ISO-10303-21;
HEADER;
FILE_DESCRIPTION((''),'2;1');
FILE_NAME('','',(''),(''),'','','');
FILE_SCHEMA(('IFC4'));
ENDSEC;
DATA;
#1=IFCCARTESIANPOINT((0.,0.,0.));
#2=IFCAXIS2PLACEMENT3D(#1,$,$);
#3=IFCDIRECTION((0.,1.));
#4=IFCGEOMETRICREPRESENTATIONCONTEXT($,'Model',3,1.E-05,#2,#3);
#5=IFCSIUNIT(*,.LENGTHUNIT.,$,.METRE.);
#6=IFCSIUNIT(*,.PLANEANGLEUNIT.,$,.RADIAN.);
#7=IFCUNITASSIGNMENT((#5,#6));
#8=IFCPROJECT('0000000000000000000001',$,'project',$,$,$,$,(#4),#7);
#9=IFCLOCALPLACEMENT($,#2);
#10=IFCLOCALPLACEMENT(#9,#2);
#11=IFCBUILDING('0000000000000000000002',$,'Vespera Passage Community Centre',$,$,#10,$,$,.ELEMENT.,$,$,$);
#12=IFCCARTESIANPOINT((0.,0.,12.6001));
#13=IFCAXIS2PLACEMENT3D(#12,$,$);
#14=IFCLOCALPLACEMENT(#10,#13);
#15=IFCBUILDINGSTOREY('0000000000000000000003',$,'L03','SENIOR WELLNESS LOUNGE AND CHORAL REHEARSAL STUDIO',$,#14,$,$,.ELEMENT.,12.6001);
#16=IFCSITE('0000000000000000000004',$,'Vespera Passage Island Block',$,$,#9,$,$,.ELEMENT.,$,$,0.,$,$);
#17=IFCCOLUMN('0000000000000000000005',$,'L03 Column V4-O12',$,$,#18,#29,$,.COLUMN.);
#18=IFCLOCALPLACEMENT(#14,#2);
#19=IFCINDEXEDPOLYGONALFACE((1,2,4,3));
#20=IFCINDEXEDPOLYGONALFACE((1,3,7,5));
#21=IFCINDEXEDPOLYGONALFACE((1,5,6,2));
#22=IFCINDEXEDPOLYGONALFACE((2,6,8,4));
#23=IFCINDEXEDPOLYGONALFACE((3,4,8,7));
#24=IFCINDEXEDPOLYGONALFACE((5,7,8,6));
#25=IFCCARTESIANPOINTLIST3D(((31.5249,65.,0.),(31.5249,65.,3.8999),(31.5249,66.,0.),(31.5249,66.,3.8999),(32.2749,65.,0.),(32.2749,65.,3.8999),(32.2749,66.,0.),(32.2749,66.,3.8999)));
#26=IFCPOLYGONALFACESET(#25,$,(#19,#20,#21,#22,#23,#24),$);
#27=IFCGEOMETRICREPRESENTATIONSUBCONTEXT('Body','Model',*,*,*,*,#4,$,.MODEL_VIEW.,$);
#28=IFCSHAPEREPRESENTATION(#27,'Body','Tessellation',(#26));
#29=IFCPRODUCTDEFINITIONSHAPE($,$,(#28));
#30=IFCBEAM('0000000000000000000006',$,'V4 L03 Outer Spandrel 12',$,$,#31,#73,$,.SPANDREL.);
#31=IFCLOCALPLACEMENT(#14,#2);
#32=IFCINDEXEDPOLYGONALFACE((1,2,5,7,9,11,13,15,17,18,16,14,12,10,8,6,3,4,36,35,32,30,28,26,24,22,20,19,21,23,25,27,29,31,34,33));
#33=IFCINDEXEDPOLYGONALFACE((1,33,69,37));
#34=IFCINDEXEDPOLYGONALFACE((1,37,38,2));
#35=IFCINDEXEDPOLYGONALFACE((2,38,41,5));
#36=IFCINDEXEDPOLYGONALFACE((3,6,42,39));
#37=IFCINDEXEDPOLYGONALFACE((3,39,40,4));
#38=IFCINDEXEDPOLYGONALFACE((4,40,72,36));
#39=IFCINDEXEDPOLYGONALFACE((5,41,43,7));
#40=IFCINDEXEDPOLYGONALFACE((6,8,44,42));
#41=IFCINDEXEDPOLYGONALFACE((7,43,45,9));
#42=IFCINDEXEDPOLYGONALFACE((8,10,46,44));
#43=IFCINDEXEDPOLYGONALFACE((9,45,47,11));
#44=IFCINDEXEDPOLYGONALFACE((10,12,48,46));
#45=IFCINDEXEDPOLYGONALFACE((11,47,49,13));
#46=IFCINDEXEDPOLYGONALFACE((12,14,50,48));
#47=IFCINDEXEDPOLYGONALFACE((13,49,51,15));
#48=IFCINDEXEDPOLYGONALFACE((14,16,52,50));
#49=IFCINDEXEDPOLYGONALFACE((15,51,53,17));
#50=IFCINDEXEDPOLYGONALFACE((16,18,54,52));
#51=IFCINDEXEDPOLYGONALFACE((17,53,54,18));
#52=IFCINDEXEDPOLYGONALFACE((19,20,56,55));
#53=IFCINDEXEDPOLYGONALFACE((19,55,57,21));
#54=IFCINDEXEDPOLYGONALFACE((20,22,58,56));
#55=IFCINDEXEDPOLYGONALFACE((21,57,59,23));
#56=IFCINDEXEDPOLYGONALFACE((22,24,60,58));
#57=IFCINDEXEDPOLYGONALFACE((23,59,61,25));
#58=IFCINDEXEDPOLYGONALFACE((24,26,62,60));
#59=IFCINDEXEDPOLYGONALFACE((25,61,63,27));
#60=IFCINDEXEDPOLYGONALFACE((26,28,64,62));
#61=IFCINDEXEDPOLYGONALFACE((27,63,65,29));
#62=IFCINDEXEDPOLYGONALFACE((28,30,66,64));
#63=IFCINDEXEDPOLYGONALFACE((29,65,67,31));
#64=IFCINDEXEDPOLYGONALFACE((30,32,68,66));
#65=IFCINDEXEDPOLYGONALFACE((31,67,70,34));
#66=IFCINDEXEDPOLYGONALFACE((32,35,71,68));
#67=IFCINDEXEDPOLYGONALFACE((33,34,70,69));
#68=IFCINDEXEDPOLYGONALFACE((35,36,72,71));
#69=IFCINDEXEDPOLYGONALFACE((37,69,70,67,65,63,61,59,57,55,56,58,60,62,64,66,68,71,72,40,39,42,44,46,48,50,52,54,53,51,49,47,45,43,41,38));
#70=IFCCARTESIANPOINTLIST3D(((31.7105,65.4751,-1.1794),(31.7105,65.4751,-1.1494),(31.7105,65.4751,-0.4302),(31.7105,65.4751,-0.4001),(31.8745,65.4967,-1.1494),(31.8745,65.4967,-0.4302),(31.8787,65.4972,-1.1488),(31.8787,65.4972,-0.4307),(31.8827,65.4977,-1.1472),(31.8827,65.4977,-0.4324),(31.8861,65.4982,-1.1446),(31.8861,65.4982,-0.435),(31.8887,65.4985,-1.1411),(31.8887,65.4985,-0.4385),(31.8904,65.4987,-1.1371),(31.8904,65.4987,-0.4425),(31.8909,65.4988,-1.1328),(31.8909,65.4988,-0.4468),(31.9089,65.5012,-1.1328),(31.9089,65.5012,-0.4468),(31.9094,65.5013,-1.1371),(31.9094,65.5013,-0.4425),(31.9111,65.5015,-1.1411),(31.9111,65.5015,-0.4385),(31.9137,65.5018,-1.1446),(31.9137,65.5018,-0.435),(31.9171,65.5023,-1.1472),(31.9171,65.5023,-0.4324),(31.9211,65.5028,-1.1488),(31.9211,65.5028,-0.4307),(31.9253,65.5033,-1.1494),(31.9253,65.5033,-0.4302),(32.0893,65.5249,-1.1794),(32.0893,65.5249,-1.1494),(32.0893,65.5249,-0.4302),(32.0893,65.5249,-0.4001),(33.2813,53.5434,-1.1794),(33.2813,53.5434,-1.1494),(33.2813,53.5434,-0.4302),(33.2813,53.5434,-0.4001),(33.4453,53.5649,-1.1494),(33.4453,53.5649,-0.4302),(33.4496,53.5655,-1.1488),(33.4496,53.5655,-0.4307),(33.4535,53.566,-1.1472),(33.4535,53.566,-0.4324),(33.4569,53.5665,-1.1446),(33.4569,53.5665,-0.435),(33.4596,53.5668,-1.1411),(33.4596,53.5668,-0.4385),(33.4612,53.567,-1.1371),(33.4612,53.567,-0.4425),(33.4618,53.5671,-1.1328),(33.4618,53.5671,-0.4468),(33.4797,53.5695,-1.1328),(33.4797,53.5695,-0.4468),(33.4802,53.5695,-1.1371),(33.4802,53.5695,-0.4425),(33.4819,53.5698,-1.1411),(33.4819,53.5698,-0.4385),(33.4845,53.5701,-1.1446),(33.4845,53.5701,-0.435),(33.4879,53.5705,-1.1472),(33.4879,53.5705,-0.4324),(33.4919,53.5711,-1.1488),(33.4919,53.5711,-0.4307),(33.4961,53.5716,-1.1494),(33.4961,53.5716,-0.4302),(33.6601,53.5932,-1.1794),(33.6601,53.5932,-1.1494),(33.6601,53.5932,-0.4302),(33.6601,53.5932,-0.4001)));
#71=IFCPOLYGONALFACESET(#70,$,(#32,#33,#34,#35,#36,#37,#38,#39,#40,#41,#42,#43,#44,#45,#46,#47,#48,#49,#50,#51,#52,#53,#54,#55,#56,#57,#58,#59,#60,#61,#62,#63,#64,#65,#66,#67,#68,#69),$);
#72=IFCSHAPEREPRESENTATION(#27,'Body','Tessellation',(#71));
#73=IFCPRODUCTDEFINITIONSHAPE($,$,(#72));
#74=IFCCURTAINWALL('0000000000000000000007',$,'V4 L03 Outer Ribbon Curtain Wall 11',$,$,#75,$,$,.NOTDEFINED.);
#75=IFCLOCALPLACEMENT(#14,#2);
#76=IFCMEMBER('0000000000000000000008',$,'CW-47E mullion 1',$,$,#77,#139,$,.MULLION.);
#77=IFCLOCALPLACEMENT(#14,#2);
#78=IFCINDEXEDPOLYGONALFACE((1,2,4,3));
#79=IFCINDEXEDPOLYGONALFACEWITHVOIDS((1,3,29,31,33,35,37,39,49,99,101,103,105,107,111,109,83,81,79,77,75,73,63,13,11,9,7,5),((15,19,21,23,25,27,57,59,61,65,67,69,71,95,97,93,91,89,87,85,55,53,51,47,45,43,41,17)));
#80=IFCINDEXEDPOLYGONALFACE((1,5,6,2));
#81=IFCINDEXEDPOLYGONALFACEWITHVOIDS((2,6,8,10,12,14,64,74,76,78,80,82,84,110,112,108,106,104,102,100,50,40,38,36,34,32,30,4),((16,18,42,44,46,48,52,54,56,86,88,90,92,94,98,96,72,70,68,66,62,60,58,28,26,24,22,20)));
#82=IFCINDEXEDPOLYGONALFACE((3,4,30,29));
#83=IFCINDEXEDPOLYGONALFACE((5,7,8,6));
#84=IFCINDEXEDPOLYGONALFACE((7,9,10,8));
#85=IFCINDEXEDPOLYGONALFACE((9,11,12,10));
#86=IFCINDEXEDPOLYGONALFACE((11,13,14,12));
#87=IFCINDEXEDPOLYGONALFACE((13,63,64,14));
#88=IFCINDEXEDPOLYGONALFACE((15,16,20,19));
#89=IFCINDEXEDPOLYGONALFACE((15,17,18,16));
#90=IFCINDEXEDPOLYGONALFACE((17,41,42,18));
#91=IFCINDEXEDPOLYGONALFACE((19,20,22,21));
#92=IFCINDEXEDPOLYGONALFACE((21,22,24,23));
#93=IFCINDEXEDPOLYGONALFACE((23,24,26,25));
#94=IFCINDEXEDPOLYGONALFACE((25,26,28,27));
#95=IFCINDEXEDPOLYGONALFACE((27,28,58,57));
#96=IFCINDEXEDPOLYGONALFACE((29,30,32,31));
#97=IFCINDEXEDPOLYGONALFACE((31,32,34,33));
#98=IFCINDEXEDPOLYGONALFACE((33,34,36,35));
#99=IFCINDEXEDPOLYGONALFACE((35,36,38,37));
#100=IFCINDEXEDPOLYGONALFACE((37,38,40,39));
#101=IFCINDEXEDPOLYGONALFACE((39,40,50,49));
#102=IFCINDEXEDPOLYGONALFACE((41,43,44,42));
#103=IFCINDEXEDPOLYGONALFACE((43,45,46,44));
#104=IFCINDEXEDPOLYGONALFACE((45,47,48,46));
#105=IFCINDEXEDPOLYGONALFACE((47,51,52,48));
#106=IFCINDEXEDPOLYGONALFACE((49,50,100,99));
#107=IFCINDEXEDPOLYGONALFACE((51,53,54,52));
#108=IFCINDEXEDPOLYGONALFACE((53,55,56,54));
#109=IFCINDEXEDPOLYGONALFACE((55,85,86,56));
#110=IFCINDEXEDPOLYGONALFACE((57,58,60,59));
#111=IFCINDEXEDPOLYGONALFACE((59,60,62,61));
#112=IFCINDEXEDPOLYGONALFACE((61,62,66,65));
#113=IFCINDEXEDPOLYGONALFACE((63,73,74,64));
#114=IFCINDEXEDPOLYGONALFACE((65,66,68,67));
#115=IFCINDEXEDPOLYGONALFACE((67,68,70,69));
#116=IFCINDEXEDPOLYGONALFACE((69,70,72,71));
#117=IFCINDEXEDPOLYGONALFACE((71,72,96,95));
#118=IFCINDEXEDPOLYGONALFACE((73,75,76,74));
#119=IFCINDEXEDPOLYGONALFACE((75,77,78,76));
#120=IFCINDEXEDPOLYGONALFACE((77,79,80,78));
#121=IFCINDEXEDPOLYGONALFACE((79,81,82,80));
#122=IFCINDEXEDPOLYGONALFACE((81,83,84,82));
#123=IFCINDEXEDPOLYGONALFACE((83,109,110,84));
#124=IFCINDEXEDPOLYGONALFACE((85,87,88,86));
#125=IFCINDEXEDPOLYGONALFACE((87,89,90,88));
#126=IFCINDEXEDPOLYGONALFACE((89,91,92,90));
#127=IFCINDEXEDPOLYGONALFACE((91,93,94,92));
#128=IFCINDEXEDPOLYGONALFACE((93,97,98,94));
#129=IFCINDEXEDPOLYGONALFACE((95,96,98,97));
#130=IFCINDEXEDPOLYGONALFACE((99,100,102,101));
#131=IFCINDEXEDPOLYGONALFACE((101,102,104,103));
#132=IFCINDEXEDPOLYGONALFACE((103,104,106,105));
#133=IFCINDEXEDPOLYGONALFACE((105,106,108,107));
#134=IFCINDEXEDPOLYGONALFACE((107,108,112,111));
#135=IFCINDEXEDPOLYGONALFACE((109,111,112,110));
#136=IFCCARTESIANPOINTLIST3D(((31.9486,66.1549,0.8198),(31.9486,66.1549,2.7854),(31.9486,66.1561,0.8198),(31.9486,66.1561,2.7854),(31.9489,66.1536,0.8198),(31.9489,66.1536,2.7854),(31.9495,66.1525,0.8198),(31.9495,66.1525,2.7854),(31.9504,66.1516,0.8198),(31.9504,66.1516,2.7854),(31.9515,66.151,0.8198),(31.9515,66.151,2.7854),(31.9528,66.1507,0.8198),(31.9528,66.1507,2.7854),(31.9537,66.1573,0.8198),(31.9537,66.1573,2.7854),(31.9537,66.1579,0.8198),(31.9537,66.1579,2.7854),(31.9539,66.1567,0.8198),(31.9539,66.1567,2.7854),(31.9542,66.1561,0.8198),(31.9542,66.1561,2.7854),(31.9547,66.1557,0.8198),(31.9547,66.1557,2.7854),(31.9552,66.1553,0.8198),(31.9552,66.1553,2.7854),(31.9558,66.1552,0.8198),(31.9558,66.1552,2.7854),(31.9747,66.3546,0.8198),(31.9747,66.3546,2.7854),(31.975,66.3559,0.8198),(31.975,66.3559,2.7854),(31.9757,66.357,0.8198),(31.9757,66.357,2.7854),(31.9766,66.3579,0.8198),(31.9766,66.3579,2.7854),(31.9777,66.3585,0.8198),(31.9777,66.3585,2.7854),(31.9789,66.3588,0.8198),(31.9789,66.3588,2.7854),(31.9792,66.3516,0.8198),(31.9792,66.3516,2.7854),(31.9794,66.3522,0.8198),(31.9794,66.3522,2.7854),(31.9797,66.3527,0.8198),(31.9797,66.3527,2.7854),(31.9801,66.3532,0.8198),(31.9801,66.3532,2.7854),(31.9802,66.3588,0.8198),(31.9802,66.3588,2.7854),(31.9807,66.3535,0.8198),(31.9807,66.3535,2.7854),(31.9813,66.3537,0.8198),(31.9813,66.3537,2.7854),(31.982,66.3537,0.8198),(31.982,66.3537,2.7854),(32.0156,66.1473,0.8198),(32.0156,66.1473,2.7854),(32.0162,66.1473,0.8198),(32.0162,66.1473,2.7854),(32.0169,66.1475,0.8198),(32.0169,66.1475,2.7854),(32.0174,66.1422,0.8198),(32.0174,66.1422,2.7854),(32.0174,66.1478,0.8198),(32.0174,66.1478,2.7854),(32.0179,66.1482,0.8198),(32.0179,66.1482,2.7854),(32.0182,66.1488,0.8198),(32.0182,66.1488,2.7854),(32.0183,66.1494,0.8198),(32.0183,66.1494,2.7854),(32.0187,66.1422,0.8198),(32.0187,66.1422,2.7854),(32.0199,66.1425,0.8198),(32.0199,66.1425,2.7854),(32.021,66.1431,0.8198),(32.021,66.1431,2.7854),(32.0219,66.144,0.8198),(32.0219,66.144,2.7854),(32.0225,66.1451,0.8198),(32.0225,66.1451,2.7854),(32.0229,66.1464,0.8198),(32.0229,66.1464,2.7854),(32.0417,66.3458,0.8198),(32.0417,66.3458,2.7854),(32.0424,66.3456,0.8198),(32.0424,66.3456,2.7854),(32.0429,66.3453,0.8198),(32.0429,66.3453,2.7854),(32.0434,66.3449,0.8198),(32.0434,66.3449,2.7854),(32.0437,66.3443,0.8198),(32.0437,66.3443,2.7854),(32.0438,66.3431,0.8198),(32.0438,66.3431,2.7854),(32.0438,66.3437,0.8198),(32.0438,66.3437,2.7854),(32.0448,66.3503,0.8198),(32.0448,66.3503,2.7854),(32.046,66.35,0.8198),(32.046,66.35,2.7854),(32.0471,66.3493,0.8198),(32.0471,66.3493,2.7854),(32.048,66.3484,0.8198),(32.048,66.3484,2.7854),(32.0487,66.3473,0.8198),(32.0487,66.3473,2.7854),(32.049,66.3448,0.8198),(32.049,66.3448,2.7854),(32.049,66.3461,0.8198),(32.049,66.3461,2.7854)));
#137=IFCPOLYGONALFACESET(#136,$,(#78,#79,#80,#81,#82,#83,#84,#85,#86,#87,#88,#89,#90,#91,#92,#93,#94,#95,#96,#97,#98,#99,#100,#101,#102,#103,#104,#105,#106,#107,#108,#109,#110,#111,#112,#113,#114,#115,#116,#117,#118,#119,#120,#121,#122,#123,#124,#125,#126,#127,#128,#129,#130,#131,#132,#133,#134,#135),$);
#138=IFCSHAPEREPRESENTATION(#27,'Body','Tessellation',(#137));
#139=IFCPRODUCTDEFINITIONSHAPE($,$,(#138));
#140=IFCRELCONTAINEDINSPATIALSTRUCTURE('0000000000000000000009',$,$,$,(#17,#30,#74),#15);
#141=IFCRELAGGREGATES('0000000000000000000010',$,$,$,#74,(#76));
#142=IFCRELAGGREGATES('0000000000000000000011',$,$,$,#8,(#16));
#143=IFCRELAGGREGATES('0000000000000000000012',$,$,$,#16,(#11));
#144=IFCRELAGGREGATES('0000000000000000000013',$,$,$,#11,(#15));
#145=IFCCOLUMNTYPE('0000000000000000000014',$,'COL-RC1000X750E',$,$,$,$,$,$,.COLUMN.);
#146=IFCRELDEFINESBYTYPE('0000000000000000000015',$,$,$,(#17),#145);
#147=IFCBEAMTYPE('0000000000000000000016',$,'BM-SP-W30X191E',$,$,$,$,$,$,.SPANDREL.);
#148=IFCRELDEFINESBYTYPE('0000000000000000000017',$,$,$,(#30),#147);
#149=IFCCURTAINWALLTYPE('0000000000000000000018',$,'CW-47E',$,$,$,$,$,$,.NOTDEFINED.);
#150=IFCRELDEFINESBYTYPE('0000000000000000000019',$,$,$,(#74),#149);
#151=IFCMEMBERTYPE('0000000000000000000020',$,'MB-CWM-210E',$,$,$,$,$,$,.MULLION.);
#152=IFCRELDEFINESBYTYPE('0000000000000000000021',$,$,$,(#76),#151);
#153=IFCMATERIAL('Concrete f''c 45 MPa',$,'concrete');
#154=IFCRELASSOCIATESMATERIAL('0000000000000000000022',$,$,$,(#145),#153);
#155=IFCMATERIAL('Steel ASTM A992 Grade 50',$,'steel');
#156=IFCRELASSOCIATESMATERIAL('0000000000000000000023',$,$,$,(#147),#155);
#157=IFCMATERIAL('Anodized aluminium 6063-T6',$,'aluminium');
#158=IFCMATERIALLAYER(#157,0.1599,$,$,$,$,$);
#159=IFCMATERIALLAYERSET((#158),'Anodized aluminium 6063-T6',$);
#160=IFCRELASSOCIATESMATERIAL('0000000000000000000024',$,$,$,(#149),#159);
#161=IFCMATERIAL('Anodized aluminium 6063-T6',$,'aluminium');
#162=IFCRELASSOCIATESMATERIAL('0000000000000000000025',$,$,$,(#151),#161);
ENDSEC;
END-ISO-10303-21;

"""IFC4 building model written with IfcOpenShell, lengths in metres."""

from ifc_helpers import new_model, si_unit, direction, frame, origin, origin_2d, place, context, subcontext, project, spatial, rectangle, hollow_rectangle, i_section, extrude, material, layer, layer_set, material_profile, profile_set, type_object, element, aggregate, save


model = new_model("IFC4")

# Units and contexts
model_context = context("Model", 3, precision=1e-05, world=origin(), true_north=direction((0.0, 1.0)))
body_context = subcontext(model_context, "Body", "Model", "MODEL_VIEW")
ifc_project = project(units=[si_unit("LENGTHUNIT", "METRE"), si_unit("PLANEANGLEUNIT", "RADIAN")], contexts=[model_context])

# Site, building, storey
site_placement = place(None, origin())
site = spatial("IfcSite", under=ifc_project, at=site_placement, Name="Vespera Passage Island Block", CompositionType="ELEMENT", RefElevation=0.0)
building_placement = place(site_placement, origin())
building = spatial("IfcBuilding", under=site, at=building_placement, Name="Vespera Passage Community Centre", CompositionType="ELEMENT")
storey_placement = place(building_placement, frame((0.0, 0.0, 12.6001)))
storey = spatial("IfcBuildingStorey", under=building, at=storey_placement, Name="L03", Description="SENIOR WELLNESS LOUNGE AND CHORAL REHEARSAL STUDIO", CompositionType="ELEMENT", Elevation=12.6001)

# Column
ifc_material_1 = material(Name="Concrete f'c 45 MPa", Category="concrete")
ifc_material_profile_1 = material_profile(ifc_material_1, rectangle(XDim=0.75, YDim=1.0, at=origin_2d()), Name="RC1000X750")
ifc_profile_set_1 = profile_set([ifc_material_profile_1], Name="Concrete f'c 45 MPa")
column_type = type_object("IfcColumnType", Name="COL-RC1000X750E", PredefinedType="COLUMN", material=ifc_profile_set_1)
column_placement = place(storey_placement, frame((31.8999, 65.5, 0.0), z_axis=(0.0, 0.0, 1.0), x_axis=(1.0, 0.0, 0.0)))
element("IfcColumn", 1, at=column_placement, inside=storey, type_object=column_type, Name="L03 Column V4-O12", PredefinedType="COLUMN", context=body_context, shape_type="SweptSolid", body=[
    extrude(rectangle(XDim=0.75, YDim=1.0, at=origin_2d()), origin(), (0.0, 0.0, 1.0), 3.8999),
])

# Beam
ifc_material_2 = material(Name="Steel ASTM A992 Grade 50", Category="steel")
ifc_material_profile_2 = material_profile(ifc_material_2, i_section(OverallWidth=0.3821, OverallDepth=0.7793, WebThickness=0.0181, FlangeThickness=0.03, FilletRadius=0.0166, at=origin_2d()), Name="W30X191")
ifc_profile_set_2 = profile_set([ifc_material_profile_2], Name="Steel ASTM A992 Grade 50")
beam_type = type_object("IfcBeamType", Name="BM-SP-W30X191E", PredefinedType="SPANDREL", material=ifc_profile_set_2)
beam_placement = place(storey_placement, frame((31.8999, 65.5, -0.7898), z_axis=(0.130524, -0.991445, 0.0), x_axis=(0.991445, 0.130524, 0.0)))
element("IfcBeam", 2, at=beam_placement, inside=storey, type_object=beam_type, Name="V4 L03 Outer Spandrel 12", PredefinedType="SPANDREL", context=body_context, shape_type="SweptSolid", body=[
    extrude(i_section(OverallWidth=0.3821, OverallDepth=0.7793, WebThickness=0.0181, FlangeThickness=0.03, FilletRadius=0.0166, at=origin_2d()), origin(), (0.0, 0.0, 1.0), 12.0347),
])

# Curtain wall, member
ifc_material_3 = material(Name="Anodized aluminium 6063-T6", Category="aluminium")
ifc_layer_1 = layer(ifc_material_3, 0.1599)
ifc_layer_set_1 = layer_set([ifc_layer_1], Name="Anodized aluminium 6063-T6")
curtain_wall_type = type_object("IfcCurtainWallType", Name="CW-47E", PredefinedType="NOTDEFINED", material=ifc_layer_set_1)
curtain_wall_placement = place(storey_placement, origin())
curtain_wall = element("IfcCurtainWall", 3, at=curtain_wall_placement, inside=storey, type_object=curtain_wall_type, Name="V4 L03 Outer Ribbon Curtain Wall 11", PredefinedType="NOTDEFINED")
ifc_material_4 = material(Name="Anodized aluminium 6063-T6", Category="aluminium")
ifc_material_profile_3 = material_profile(ifc_material_4, hollow_rectangle(XDim=0.075, YDim=0.21, WallThickness=0.0049, InnerFilletRadius=0.0024, OuterFilletRadius=0.0049, at=origin_2d()), Name="ALU210X75X5")
ifc_profile_set_3 = profile_set([ifc_material_profile_3], Name="Anodized aluminium 6063-T6")
member_type_1 = type_object("IfcMemberType", Name="MB-CWM-210E", PredefinedType="MULLION", material=ifc_profile_set_3)
member_1_placement = place(storey_placement, frame((31.9988, 66.2505, 0.8198), z_axis=(0.0, 0.0, 1.0), x_axis=(-0.991445, 0.130523, 0.0)))
member_1 = element("IfcMember", 4, at=member_1_placement, type_object=member_type_1, Name="CW-47E mullion 1", PredefinedType="MULLION", context=body_context, shape_type="SweptSolid", body=[
    extrude(hollow_rectangle(XDim=0.075, YDim=0.21, WallThickness=0.0049, InnerFilletRadius=0.0024, OuterFilletRadius=0.0049, at=origin_2d()), origin(), (0.0, 0.0, 1.0), 1.9656),
])
aggregate(curtain_wall, [member_1])

save(model, "model.ifc")
